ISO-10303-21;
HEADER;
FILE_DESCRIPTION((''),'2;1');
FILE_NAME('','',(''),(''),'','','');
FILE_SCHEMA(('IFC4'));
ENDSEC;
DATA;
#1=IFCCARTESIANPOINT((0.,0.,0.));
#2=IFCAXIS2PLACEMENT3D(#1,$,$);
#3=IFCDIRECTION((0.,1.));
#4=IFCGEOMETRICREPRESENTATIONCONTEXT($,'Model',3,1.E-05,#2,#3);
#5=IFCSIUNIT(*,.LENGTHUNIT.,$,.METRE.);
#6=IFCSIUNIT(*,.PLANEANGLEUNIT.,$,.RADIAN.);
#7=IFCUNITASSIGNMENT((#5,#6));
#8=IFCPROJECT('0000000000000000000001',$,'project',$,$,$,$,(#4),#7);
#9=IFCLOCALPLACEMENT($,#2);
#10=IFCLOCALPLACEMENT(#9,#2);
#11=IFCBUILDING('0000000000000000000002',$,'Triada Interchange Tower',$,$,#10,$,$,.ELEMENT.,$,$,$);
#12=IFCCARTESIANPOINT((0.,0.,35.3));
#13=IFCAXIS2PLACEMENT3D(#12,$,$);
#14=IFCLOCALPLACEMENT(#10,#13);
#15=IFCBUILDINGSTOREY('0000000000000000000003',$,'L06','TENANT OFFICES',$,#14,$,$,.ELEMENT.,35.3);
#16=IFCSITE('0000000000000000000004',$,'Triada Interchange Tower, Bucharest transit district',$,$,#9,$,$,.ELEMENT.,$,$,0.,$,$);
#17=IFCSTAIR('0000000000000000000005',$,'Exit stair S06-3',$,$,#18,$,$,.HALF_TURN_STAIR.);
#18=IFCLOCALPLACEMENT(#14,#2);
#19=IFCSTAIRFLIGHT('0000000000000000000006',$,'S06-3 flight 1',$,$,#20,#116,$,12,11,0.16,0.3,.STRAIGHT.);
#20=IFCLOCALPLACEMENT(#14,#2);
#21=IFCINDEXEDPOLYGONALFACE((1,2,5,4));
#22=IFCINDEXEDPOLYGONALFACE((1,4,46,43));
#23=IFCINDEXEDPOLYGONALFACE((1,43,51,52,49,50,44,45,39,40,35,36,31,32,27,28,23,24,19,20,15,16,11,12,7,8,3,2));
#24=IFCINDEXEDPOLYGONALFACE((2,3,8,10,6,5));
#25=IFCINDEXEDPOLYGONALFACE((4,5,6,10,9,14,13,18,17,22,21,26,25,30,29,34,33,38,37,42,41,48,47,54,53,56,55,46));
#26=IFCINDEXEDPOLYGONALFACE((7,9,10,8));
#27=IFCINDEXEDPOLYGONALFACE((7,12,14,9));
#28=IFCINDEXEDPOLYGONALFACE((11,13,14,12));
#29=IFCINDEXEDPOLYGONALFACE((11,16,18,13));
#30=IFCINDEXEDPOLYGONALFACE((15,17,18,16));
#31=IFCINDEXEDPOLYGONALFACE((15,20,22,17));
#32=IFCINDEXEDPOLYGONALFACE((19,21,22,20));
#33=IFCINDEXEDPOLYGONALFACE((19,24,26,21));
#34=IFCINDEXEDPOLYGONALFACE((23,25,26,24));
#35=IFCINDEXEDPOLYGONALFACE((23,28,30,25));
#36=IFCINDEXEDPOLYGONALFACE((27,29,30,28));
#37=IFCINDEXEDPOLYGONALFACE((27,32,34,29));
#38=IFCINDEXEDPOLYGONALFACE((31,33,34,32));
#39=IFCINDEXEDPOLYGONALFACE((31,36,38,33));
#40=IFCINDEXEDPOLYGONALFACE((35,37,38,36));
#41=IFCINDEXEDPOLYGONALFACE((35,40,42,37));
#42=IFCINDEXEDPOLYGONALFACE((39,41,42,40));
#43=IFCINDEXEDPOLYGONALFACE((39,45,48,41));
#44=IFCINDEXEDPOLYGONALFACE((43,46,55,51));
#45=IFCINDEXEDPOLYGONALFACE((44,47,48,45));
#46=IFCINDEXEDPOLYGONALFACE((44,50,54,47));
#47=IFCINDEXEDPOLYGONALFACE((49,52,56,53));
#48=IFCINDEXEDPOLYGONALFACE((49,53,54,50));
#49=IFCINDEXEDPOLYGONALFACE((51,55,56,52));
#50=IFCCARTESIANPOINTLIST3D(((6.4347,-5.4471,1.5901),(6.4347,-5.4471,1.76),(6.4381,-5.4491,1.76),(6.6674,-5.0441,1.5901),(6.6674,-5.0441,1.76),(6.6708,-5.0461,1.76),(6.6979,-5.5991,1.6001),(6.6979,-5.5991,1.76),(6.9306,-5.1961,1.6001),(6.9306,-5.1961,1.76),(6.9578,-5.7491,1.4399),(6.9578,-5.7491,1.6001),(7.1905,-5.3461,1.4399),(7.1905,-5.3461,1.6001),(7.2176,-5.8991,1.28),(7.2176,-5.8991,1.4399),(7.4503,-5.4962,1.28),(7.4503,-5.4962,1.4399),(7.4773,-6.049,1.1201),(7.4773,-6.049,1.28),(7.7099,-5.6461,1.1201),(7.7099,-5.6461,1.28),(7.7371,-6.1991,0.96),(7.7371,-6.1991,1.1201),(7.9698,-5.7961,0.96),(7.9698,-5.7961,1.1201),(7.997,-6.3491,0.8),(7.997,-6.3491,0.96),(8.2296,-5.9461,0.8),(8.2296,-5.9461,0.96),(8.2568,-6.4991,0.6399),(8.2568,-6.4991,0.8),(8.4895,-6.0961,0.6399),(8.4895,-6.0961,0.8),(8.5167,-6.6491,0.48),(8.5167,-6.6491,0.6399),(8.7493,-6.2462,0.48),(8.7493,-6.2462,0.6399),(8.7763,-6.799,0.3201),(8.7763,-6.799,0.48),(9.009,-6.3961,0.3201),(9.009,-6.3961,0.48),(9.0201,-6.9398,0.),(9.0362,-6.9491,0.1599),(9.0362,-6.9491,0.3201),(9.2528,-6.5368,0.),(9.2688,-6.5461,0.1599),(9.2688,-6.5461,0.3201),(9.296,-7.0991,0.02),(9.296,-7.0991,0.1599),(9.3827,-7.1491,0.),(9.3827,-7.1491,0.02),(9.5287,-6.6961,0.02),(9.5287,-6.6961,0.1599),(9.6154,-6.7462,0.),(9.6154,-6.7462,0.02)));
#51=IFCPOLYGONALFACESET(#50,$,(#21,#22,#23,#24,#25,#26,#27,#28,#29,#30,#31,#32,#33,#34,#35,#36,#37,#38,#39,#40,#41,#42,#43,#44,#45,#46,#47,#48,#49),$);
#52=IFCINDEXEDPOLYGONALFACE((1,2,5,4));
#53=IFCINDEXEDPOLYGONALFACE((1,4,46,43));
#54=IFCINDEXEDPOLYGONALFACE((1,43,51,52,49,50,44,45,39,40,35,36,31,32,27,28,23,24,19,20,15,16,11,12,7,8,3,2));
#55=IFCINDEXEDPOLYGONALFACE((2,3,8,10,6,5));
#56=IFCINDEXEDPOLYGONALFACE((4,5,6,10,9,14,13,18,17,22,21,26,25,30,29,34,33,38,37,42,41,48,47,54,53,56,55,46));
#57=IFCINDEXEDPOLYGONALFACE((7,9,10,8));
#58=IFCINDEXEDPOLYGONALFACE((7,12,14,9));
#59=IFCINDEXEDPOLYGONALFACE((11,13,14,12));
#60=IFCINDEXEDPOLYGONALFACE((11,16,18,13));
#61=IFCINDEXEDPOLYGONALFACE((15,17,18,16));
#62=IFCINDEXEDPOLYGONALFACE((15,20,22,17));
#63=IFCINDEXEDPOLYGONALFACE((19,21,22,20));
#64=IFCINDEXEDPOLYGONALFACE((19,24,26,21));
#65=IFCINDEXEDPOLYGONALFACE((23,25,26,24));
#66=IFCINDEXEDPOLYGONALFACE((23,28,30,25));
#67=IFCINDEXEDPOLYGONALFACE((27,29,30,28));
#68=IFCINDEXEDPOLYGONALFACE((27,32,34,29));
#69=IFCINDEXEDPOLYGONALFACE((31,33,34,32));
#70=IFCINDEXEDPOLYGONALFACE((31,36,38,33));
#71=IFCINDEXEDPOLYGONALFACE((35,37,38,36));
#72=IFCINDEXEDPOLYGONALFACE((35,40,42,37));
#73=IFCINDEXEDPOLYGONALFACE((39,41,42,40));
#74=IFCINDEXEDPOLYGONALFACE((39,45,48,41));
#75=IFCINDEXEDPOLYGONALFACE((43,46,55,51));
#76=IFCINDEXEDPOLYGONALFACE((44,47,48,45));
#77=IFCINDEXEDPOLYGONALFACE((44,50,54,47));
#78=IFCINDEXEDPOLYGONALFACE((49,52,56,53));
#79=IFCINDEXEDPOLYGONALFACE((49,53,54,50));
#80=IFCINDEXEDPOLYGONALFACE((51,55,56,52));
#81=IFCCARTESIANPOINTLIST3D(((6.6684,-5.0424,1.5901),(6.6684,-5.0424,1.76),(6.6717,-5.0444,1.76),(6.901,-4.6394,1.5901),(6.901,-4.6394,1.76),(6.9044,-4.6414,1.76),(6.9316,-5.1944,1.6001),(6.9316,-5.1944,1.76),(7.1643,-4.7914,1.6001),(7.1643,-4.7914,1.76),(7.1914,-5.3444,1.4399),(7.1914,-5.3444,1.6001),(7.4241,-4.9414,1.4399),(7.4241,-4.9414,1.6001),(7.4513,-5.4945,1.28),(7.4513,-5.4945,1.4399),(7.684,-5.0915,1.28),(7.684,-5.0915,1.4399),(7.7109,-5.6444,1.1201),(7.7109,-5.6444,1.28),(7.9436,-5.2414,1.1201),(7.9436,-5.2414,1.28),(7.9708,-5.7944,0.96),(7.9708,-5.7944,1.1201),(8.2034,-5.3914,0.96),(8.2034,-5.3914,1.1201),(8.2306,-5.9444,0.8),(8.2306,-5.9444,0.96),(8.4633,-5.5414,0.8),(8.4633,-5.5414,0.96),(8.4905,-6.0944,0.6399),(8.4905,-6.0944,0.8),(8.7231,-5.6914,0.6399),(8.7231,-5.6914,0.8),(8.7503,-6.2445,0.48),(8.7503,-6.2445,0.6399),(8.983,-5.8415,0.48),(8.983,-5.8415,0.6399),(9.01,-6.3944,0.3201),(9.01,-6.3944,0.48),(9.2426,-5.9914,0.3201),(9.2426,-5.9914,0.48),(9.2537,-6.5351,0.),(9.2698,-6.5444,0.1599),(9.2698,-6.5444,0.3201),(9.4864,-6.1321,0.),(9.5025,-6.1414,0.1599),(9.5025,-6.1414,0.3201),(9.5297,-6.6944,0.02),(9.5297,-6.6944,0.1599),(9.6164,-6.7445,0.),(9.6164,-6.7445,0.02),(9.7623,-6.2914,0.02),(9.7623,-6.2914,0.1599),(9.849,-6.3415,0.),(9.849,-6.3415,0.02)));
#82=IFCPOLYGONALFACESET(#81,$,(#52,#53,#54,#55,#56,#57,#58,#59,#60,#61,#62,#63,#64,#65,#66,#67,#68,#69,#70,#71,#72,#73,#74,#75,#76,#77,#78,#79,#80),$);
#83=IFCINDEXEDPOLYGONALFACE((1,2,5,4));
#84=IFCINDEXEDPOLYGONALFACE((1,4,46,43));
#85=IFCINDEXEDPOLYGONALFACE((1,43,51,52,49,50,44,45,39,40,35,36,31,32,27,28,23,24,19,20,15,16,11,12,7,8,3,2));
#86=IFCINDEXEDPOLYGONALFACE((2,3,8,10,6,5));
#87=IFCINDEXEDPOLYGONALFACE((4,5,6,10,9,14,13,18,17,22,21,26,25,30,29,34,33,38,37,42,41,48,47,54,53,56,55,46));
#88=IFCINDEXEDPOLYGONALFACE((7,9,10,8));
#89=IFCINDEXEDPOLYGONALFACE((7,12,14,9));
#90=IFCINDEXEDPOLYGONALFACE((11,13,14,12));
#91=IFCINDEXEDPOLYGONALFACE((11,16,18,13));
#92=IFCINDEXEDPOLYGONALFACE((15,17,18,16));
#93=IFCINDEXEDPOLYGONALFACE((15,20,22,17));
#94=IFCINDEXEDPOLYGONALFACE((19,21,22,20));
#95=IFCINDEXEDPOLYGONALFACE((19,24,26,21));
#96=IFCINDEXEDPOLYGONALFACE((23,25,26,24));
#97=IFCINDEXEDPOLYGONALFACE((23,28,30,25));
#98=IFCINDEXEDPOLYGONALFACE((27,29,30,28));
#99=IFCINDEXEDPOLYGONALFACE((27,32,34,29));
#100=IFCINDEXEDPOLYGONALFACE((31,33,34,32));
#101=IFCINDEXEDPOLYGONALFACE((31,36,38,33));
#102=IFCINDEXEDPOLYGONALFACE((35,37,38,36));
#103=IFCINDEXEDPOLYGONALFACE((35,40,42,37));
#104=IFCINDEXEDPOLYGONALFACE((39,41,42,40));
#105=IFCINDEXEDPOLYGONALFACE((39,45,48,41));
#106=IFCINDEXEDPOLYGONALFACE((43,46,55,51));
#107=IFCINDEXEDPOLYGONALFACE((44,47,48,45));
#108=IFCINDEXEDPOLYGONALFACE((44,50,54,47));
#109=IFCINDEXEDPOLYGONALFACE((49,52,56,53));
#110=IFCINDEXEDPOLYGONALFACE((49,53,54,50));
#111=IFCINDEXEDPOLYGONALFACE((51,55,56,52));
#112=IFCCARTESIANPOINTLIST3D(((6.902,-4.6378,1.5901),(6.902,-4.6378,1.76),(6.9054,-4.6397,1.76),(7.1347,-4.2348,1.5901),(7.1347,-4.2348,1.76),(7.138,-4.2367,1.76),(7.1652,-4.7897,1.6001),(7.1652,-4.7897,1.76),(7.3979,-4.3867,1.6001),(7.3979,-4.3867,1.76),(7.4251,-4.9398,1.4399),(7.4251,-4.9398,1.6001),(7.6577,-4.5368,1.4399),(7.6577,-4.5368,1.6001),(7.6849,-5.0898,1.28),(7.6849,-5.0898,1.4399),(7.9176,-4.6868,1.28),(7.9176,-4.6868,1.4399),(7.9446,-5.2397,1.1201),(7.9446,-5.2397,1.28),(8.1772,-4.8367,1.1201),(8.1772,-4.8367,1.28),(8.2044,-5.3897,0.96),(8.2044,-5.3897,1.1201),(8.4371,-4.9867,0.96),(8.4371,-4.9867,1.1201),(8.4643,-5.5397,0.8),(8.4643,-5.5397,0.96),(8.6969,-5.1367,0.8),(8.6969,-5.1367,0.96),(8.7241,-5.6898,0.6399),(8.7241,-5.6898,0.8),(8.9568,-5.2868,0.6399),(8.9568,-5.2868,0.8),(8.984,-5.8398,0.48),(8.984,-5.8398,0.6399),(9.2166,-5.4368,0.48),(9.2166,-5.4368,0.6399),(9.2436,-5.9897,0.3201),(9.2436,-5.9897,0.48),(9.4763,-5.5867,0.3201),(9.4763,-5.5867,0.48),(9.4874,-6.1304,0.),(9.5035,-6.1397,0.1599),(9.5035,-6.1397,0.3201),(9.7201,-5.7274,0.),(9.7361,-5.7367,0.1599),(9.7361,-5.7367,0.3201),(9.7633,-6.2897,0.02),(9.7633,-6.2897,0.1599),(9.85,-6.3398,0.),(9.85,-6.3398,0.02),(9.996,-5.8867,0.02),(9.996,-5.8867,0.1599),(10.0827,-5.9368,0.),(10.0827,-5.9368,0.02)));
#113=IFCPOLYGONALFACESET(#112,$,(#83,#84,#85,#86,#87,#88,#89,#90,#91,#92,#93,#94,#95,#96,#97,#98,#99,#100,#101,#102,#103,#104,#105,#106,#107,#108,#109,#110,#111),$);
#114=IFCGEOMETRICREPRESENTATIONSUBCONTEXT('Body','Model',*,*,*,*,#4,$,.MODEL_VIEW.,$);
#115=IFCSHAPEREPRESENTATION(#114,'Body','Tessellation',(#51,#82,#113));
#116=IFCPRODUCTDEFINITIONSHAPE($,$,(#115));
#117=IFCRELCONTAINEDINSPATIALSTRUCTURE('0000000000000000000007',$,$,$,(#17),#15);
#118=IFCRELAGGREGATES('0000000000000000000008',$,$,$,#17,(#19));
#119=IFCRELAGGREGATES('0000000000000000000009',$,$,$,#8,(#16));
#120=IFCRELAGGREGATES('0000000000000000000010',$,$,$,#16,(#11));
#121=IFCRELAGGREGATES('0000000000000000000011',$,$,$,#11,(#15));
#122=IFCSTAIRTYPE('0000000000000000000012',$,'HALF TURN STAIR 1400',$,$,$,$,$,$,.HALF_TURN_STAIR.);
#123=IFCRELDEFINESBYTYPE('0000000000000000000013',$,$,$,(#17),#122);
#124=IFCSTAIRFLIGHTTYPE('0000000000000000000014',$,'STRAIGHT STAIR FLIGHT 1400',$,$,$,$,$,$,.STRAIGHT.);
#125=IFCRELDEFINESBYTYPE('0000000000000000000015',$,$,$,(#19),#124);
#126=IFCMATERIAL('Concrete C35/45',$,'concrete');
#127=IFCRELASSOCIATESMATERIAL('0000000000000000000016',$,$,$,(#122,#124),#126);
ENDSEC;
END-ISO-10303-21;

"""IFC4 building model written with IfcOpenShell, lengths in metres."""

from ifc_helpers import new_model, si_unit, direction, frame, origin, place, context, subcontext, project, spatial, polyline, outline, extrude, material, type_object, element, aggregate, save


model = new_model("IFC4")

# Units and contexts
model_context = context("Model", 3, precision=1e-05, world=origin(), true_north=direction((0.0, 1.0)))
body_context = subcontext(model_context, "Body", "Model", "MODEL_VIEW")
ifc_project = project(units=[si_unit("LENGTHUNIT", "METRE"), si_unit("PLANEANGLEUNIT", "RADIAN")], contexts=[model_context])

# Site, building, storey
site_placement = place(None, origin())
site = spatial("IfcSite", under=ifc_project, at=site_placement, Name="Triada Interchange Tower, Bucharest transit district", CompositionType="ELEMENT", RefElevation=0.0)
building_placement = place(site_placement, origin())
building = spatial("IfcBuilding", under=site, at=building_placement, Name="Triada Interchange Tower", CompositionType="ELEMENT")
storey_placement = place(building_placement, frame((0.0, 0.0, 35.3)))
storey = spatial("IfcBuildingStorey", under=building, at=storey_placement, Name="L06", Description="TENANT OFFICES", CompositionType="ELEMENT", Elevation=35.3)

# Stair, stair flight
ifc_material_1 = material(Name="Concrete C35/45", Category="concrete")
stair_type = type_object("IfcStairType", Name="HALF TURN STAIR 1400", PredefinedType="HALF_TURN_STAIR", material=ifc_material_1)
stair_placement = place(storey_placement, origin())
stair = element("IfcStair", 1, at=stair_placement, inside=storey, type_object=stair_type, Name="Exit stair S06-3", PredefinedType="HALF_TURN_STAIR")
stair_flight_type = type_object("IfcStairFlightType", Name="STRAIGHT STAIR FLIGHT 1400", PredefinedType="STRAIGHT", material=ifc_material_1)
stair_flight_1_placement = place(storey_placement, frame((9.646, -6.4929, 0.0), z_axis=(0.0, 0.0, 1.0), x_axis=(-0.866025, 0.5, 0.0)))
stair_flight_1 = element("IfcStairFlight", 2, at=stair_flight_1_placement, type_object=stair_flight_type, Name="S06-3 flight 1", NumberOfRisers=12, NumberOfTreads=11, PredefinedType="STRAIGHT", RiserHeight=0.16, TreadLength=0.3, context=body_context, shape_type="SweptSolid", body=[
    extrude(outline(polyline([(-0.1001, 0.0), (-0.1001, 0.02), (0.0, 0.02), (0.0, 0.1599), (0.3, 0.1599), (0.3, 0.3201), (0.6001, 0.3201), (0.6001, 0.48), (0.8999, 0.48), (0.8999, 0.6399), (1.2, 0.6399), (1.2, 0.8), (1.5, 0.8), (1.5, 0.96), (1.8, 0.96), (1.8, 1.1201), (2.1001, 1.1201), (2.1001, 1.28), (2.3999, 1.28), (2.3999, 1.4399), (2.7, 1.4399), (2.7, 1.6001), (3.0, 1.6001), (3.0, 1.76), (3.3, 1.76), (3.304, 1.76), (3.304, 1.9199), (3.304, 1.5901), (0.3186, 0.0), (-0.1001, 0.0)])), frame((0.0, 0.7, 0.0), z_axis=(0.0, -1.0, 0.0), x_axis=(1.0, 0.0, 0.0)), (0.0, 0.0, 1.0), 0.4653),
    extrude(outline(polyline([(-0.1001, 0.0), (-0.1001, 0.02), (0.0, 0.02), (0.0, 0.1599), (0.3, 0.1599), (0.3, 0.3201), (0.6001, 0.3201), (0.6001, 0.48), (0.8999, 0.48), (0.8999, 0.6399), (1.2, 0.6399), (1.2, 0.8), (1.5, 0.8), (1.5, 0.96), (1.8, 0.96), (1.8, 1.1201), (2.1001, 1.1201), (2.1001, 1.28), (2.3999, 1.28), (2.3999, 1.4399), (2.7, 1.4399), (2.7, 1.6001), (3.0, 1.6001), (3.0, 1.76), (3.3, 1.76), (3.304, 1.76), (3.304, 1.9199), (3.304, 1.5901), (0.3186, 0.0), (-0.1001, 0.0)])), frame((0.0, 0.2327, 0.0), z_axis=(0.0, -1.0, 0.0), x_axis=(1.0, 0.0, 0.0)), (0.0, 0.0, 1.0), 0.4653),
    extrude(outline(polyline([(-0.1001, 0.0), (-0.1001, 0.02), (0.0, 0.02), (0.0, 0.1599), (0.3, 0.1599), (0.3, 0.3201), (0.6001, 0.3201), (0.6001, 0.48), (0.8999, 0.48), (0.8999, 0.6399), (1.2, 0.6399), (1.2, 0.8), (1.5, 0.8), (1.5, 0.96), (1.8, 0.96), (1.8, 1.1201), (2.1001, 1.1201), (2.1001, 1.28), (2.3999, 1.28), (2.3999, 1.4399), (2.7, 1.4399), (2.7, 1.6001), (3.0, 1.6001), (3.0, 1.76), (3.3, 1.76), (3.304, 1.76), (3.304, 1.9199), (3.304, 1.5901), (0.3186, 0.0), (-0.1001, 0.0)])), frame((0.0, -0.2346, 0.0), z_axis=(0.0, -1.0, 0.0), x_axis=(1.0, 0.0, 0.0)), (0.0, 0.0, 1.0), 0.4653),
])
aggregate(stair, [stair_flight_1])

save(model, "model.ifc")
